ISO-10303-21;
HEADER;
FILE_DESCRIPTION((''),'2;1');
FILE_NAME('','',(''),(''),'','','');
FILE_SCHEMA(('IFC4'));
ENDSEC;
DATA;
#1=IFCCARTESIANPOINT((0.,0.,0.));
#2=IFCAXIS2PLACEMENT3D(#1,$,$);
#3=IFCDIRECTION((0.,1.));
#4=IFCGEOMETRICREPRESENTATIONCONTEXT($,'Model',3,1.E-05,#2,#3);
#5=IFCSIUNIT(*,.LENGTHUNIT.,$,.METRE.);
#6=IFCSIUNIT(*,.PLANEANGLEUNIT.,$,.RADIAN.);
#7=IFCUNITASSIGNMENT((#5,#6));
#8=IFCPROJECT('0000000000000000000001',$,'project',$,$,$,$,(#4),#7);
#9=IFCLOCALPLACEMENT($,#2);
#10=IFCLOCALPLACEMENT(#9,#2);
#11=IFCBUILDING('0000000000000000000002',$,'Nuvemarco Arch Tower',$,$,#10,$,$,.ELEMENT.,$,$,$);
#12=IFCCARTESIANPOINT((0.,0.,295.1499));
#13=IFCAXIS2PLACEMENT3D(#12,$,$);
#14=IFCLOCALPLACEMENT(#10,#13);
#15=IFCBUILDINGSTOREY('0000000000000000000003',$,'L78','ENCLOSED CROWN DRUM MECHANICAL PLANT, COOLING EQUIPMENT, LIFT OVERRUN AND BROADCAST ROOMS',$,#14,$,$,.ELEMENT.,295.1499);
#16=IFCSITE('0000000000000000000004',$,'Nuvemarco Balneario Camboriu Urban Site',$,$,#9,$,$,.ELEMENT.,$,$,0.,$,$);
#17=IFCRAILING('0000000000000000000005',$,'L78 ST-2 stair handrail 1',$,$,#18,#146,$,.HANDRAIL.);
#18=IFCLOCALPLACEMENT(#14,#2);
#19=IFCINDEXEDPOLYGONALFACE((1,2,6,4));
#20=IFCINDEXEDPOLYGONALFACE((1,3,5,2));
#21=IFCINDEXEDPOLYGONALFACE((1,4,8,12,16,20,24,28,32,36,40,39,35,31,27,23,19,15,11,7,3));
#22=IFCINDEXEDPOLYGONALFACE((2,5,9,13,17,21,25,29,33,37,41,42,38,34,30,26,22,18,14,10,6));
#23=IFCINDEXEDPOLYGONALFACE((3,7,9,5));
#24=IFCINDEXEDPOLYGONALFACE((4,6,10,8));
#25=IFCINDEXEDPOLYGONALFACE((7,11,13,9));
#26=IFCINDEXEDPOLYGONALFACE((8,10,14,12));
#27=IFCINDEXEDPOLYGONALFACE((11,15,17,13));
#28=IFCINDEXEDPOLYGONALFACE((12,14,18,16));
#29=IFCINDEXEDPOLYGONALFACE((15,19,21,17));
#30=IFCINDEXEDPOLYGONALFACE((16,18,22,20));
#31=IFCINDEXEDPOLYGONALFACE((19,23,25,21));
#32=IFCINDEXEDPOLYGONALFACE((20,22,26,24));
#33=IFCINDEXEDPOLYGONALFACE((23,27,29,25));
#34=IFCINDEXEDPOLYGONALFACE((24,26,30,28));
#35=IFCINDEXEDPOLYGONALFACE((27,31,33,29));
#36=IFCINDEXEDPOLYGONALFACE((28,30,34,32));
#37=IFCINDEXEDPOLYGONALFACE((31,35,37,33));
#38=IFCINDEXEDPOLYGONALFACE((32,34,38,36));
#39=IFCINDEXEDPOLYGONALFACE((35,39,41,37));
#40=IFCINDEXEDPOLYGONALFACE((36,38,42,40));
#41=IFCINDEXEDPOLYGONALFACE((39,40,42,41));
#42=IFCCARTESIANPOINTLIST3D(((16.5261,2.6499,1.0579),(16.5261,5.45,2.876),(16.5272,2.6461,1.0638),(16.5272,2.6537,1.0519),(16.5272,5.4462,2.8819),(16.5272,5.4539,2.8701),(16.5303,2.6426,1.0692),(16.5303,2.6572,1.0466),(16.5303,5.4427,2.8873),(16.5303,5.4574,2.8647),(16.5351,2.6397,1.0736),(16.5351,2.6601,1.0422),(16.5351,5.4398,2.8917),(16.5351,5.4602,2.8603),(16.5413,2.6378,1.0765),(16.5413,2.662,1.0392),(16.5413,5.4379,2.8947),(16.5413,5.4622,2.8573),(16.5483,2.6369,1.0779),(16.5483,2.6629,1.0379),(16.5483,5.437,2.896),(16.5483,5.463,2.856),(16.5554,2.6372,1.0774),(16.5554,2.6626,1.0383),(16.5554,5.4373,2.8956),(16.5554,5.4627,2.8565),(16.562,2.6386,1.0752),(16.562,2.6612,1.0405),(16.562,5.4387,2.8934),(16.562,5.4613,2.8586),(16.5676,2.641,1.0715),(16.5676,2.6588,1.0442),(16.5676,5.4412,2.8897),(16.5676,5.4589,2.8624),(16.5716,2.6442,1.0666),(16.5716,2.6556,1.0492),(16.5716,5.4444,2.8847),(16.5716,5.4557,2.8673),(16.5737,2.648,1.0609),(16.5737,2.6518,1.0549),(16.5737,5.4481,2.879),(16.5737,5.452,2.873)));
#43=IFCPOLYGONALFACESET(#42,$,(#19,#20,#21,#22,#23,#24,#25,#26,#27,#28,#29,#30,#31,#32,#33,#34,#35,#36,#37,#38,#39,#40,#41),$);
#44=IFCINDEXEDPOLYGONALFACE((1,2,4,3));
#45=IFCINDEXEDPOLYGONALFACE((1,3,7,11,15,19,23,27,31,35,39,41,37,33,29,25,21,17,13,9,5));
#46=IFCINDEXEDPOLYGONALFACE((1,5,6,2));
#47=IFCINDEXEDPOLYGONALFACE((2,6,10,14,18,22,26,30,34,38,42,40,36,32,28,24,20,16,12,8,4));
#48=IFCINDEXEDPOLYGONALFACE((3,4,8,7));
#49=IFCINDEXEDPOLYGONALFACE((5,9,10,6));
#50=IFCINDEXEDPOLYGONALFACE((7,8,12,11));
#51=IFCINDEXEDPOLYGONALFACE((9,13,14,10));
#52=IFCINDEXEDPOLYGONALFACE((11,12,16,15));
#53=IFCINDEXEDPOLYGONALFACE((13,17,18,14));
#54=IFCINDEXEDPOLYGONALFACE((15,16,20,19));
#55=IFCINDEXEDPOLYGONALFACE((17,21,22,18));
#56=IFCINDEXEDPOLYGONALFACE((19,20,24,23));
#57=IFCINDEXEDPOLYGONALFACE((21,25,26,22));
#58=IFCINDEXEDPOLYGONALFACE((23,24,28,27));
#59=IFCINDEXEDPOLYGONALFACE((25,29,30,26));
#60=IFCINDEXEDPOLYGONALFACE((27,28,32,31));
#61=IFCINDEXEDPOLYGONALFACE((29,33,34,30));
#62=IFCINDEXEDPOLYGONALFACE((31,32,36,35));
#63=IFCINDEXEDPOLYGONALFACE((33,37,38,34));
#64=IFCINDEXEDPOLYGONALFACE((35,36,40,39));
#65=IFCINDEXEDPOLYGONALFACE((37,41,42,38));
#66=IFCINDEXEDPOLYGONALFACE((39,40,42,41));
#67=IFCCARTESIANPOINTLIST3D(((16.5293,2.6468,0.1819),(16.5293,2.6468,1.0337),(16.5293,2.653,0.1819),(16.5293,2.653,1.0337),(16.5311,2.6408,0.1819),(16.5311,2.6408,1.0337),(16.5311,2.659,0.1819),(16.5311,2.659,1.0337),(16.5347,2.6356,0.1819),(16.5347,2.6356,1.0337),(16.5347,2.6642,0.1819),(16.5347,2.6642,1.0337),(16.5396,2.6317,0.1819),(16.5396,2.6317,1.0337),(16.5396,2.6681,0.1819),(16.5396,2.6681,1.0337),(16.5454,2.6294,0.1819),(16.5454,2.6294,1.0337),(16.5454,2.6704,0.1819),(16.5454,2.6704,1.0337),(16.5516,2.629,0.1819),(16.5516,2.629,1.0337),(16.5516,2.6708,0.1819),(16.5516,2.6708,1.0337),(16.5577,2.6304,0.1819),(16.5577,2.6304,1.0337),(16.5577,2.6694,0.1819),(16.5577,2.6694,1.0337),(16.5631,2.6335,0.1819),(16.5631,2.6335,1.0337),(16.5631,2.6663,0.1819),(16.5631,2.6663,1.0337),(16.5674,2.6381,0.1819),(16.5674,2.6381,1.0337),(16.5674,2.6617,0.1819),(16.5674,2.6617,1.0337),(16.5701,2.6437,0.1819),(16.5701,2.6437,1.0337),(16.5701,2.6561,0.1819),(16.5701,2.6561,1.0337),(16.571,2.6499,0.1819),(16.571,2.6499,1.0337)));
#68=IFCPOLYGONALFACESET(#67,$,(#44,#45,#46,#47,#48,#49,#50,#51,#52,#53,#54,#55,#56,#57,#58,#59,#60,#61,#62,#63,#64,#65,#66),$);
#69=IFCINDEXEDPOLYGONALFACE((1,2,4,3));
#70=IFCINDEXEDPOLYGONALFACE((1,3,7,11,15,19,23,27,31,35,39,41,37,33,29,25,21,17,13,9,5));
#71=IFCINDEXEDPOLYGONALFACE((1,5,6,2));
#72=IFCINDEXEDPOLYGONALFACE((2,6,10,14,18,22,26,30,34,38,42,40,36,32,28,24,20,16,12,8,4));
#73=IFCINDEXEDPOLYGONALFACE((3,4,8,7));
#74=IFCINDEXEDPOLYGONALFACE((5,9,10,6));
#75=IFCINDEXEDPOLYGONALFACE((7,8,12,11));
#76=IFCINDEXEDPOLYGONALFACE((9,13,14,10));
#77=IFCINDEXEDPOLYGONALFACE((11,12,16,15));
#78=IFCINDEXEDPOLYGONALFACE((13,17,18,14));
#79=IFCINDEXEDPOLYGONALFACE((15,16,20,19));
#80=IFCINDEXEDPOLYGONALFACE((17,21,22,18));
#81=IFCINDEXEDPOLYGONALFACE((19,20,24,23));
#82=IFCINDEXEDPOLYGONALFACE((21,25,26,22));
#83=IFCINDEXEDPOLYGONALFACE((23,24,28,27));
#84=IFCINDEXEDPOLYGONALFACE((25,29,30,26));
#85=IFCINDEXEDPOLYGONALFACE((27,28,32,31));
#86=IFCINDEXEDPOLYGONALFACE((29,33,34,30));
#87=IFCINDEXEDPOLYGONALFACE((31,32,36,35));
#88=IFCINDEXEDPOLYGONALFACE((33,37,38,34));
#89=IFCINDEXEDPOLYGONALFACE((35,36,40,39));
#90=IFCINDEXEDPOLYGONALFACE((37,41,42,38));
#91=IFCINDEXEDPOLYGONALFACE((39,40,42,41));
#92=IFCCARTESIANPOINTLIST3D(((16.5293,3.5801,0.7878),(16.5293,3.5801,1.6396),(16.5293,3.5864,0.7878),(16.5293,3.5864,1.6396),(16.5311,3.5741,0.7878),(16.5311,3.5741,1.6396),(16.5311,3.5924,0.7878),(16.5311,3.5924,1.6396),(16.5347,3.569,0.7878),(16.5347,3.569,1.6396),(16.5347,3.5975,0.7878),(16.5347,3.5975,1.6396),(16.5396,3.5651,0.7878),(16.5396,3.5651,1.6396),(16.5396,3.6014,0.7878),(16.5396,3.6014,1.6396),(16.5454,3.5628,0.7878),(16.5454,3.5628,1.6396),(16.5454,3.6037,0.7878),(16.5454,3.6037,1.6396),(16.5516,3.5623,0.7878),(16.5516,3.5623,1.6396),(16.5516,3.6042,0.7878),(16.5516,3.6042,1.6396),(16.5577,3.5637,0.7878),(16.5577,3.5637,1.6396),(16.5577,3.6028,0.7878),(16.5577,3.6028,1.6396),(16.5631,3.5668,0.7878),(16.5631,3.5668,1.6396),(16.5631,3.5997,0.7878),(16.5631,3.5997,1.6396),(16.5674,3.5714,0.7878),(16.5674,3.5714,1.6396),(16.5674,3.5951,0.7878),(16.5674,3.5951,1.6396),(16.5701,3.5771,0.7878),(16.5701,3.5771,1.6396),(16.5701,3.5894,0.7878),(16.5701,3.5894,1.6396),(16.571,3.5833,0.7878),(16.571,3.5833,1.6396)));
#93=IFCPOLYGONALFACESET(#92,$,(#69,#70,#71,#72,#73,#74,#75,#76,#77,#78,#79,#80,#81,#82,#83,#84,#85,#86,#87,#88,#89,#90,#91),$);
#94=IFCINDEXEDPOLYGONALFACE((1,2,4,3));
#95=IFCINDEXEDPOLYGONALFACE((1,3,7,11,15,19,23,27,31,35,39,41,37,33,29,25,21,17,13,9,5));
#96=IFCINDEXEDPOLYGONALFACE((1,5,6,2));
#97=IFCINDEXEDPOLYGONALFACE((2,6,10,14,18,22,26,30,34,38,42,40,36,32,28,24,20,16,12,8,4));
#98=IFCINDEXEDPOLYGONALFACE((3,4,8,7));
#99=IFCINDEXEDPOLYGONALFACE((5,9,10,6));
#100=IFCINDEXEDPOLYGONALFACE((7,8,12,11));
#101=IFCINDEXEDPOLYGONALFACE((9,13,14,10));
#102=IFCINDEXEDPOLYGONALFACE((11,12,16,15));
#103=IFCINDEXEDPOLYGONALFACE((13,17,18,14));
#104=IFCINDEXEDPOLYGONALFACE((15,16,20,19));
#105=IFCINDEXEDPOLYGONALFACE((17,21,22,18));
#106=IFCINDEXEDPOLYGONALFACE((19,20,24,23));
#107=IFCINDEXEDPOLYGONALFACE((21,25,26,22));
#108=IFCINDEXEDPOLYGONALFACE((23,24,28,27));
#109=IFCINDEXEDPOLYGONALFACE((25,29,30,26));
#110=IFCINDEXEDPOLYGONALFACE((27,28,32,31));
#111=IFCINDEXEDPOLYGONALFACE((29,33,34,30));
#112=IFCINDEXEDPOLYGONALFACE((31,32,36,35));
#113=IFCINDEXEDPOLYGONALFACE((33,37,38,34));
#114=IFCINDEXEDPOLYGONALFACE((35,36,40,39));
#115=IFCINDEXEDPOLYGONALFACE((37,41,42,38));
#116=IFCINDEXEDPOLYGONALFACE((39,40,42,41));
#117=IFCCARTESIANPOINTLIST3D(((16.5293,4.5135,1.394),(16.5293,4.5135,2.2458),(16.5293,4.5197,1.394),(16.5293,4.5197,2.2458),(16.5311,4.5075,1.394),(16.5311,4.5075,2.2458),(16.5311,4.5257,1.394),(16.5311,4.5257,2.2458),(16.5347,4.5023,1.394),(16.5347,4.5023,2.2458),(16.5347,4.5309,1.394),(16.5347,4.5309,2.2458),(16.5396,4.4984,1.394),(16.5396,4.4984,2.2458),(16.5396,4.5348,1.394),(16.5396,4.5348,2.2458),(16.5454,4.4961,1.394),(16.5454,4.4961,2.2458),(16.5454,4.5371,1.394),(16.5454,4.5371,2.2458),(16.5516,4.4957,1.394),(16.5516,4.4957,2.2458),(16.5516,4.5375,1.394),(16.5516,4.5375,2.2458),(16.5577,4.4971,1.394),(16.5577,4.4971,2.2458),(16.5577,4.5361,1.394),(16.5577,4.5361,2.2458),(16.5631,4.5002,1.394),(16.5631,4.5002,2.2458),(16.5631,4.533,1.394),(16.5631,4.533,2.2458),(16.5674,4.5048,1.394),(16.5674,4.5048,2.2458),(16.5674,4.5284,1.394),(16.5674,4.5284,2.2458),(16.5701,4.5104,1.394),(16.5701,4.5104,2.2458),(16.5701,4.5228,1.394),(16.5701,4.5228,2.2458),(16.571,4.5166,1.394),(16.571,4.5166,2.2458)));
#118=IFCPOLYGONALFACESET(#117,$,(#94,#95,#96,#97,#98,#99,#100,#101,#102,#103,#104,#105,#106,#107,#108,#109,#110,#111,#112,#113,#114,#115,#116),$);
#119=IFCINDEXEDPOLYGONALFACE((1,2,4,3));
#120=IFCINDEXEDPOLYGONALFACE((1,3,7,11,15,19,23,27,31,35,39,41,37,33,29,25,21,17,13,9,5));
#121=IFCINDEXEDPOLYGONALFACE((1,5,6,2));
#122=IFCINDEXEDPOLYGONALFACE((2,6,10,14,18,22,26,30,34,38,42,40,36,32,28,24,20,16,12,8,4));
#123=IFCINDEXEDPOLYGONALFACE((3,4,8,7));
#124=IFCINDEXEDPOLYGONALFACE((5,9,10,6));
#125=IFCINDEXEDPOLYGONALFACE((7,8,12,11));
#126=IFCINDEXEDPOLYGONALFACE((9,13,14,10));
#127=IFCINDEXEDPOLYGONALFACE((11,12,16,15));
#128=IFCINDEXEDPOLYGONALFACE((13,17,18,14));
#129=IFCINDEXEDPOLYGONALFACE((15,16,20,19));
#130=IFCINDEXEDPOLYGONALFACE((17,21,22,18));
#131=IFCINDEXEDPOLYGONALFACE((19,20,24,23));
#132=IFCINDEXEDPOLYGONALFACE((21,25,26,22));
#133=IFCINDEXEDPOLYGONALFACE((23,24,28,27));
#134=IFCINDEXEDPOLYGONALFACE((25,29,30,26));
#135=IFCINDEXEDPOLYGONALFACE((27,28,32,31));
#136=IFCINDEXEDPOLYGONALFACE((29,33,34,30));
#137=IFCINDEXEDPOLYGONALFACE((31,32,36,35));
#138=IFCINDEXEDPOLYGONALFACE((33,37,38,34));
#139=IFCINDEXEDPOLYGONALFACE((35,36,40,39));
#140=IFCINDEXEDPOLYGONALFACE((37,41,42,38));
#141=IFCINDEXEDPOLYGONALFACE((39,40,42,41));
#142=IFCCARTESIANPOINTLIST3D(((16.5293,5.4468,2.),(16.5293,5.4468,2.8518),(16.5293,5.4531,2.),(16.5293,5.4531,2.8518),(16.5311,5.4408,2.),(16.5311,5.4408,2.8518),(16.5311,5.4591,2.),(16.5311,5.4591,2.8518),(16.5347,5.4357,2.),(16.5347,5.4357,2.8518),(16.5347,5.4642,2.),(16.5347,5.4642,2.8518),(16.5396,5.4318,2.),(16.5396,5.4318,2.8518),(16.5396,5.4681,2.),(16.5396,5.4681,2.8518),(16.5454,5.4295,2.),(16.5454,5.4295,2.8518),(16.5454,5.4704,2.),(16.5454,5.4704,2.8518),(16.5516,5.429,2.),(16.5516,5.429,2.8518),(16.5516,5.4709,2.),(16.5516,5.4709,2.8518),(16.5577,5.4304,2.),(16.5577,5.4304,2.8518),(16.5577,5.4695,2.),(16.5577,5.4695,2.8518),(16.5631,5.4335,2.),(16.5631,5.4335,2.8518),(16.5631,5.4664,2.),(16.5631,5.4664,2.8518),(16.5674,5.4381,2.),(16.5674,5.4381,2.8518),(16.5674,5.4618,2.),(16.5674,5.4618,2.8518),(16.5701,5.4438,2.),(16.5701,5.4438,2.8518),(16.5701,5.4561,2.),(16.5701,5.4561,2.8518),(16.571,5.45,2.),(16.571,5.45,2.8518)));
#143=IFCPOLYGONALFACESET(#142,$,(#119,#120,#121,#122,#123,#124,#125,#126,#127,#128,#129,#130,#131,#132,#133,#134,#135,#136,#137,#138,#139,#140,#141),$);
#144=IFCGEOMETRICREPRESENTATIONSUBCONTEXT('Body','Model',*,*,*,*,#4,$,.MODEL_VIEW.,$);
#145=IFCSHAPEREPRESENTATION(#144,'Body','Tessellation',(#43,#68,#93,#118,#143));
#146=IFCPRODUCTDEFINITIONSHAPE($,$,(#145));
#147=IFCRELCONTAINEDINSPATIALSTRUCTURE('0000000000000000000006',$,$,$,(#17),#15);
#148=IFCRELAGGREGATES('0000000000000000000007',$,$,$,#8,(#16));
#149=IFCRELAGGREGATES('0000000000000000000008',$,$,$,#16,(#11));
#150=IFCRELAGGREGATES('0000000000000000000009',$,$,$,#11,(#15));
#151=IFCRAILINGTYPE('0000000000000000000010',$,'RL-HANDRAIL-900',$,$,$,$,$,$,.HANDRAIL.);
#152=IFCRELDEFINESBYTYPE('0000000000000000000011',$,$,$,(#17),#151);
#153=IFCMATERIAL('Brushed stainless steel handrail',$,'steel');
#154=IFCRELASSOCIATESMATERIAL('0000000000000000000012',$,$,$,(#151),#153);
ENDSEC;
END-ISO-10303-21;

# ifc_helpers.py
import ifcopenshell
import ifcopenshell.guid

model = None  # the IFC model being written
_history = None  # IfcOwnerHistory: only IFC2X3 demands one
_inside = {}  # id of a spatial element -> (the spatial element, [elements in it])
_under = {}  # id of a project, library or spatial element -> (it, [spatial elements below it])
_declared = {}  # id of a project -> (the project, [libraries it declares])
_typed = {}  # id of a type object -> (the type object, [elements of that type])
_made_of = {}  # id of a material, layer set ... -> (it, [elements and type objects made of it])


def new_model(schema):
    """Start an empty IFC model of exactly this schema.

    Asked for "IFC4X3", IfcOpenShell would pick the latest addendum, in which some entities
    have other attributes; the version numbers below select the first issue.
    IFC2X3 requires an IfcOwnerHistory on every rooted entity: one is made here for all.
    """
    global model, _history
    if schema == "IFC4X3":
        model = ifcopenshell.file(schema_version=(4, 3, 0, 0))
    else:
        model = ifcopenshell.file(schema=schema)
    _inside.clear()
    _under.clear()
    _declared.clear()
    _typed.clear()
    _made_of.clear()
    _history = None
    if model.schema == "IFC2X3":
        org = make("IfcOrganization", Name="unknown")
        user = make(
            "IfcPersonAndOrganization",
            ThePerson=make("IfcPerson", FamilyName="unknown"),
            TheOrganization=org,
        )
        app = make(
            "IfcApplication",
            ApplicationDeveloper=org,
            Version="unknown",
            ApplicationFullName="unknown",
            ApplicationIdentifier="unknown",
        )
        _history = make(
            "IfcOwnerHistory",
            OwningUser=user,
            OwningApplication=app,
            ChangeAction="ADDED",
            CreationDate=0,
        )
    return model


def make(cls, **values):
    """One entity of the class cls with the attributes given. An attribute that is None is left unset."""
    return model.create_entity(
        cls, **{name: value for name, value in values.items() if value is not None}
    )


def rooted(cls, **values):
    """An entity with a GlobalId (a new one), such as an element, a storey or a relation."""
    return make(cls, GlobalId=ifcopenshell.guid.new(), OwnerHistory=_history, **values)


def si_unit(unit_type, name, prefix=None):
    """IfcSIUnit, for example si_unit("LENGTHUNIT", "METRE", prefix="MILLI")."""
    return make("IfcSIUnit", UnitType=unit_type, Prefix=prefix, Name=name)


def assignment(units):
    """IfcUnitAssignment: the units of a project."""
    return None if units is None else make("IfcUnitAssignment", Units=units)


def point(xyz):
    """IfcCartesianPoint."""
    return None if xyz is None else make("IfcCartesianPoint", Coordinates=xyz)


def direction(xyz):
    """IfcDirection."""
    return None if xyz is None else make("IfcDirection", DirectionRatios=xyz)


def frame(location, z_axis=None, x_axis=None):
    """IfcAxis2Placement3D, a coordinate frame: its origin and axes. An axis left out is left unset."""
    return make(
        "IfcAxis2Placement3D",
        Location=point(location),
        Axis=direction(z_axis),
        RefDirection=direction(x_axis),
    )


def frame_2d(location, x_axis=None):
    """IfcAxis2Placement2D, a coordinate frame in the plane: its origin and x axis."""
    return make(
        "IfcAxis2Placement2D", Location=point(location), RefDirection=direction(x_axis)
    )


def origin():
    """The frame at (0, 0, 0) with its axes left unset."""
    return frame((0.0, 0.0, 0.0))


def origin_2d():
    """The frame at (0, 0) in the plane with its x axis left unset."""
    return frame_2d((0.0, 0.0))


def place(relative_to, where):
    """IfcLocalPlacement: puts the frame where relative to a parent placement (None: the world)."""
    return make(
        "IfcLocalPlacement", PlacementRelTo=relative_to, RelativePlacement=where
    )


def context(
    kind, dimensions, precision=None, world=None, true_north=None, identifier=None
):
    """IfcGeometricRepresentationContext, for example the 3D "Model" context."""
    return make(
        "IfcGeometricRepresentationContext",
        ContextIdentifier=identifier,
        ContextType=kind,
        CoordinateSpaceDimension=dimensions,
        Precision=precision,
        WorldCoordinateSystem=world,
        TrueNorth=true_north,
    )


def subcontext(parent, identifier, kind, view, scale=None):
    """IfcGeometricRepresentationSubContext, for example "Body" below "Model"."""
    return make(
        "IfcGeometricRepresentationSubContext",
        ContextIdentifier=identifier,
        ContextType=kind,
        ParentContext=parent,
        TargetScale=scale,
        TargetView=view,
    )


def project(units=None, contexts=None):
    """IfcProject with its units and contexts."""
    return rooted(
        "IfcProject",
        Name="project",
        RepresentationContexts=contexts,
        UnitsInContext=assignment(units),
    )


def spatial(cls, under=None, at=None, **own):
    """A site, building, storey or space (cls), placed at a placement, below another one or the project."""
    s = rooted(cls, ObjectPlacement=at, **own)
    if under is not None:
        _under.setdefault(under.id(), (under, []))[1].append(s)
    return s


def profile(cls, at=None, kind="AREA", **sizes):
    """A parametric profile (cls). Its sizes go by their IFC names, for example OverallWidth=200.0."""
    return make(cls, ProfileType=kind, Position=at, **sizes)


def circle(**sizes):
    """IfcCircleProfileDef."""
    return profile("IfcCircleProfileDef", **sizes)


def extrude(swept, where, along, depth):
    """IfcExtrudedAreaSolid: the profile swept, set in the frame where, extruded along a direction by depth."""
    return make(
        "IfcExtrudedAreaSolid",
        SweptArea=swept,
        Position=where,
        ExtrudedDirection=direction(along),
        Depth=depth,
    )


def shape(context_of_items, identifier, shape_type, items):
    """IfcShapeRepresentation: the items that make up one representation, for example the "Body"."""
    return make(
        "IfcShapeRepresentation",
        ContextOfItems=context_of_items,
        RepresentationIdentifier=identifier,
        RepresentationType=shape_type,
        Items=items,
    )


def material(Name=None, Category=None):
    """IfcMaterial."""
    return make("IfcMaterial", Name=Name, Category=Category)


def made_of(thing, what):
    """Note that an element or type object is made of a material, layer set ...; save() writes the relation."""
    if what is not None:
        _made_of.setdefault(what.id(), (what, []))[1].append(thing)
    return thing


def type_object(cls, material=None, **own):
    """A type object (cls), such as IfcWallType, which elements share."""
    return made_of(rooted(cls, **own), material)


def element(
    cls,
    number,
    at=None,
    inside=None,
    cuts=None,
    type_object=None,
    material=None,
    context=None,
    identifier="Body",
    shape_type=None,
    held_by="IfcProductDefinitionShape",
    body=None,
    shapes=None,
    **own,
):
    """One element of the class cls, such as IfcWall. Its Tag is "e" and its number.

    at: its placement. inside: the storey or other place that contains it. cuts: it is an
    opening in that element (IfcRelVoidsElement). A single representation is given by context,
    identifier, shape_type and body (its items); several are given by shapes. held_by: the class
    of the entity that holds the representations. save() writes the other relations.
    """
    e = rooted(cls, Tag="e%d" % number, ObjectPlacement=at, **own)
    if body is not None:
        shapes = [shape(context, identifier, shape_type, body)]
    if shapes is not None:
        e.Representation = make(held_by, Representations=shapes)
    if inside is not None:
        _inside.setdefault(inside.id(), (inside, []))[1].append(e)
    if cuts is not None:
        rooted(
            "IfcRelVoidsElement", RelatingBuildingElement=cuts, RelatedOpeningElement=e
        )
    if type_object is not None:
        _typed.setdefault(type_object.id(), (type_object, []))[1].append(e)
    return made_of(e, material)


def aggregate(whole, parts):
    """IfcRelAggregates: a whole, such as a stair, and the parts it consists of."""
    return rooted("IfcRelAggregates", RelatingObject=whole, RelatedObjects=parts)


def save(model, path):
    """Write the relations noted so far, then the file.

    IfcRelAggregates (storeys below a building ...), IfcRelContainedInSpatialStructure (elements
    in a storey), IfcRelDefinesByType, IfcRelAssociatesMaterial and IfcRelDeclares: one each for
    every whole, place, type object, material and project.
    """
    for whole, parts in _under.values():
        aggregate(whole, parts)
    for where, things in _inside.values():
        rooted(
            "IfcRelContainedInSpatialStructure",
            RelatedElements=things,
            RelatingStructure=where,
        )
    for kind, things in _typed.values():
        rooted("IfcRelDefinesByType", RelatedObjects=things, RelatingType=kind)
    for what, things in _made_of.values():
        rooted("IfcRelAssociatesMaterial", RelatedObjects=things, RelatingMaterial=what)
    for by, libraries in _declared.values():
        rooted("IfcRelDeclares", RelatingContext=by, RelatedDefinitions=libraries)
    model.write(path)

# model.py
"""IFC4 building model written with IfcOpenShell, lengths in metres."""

from ifc_helpers import new_model, si_unit, direction, frame, origin, origin_2d, place, context, subcontext, project, spatial, circle, extrude, material, type_object, element, save


model = new_model("IFC4")

# Units and contexts
model_context = context("Model", 3, precision=1e-05, world=origin(), true_north=direction((0.0, 1.0)))
body_context = subcontext(model_context, "Body", "Model", "MODEL_VIEW")
ifc_project = project(units=[si_unit("LENGTHUNIT", "METRE"), si_unit("PLANEANGLEUNIT", "RADIAN")], contexts=[model_context])

# Site, building, storey
site_placement = place(None, origin())
site = spatial("IfcSite", under=ifc_project, at=site_placement, Name="Nuvemarco Balneario Camboriu Urban Site", CompositionType="ELEMENT", RefElevation=0.0)
building_placement = place(site_placement, origin())
building = spatial("IfcBuilding", under=site, at=building_placement, Name="Nuvemarco Arch Tower", CompositionType="ELEMENT")
storey_placement = place(building_placement, frame((0.0, 0.0, 295.1499)))
storey = spatial("IfcBuildingStorey", under=building, at=storey_placement, Name="L78", Description="ENCLOSED CROWN DRUM MECHANICAL PLANT, COOLING EQUIPMENT, LIFT OVERRUN AND BROADCAST ROOMS", CompositionType="ELEMENT", Elevation=295.1499)

# Railing
ifc_material_1 = material(Name="Brushed stainless steel handrail", Category="steel")
railing_type_1 = type_object("IfcRailingType", Name="RL-HANDRAIL-900", PredefinedType="HANDRAIL", material=ifc_material_1)
railing_1_placement = place(storey_placement, frame((16.55, 2.6499, 0.1819)))
element("IfcRailing", 1, at=railing_1_placement, inside=storey, type_object=railing_type_1, Name="L78 ST-2 stair handrail 1", PredefinedType="HANDRAIL", context=body_context, shape_type="SweptSolid", body=[
    extrude(circle(Radius=0.0239, at=origin_2d()), frame((0.0, 0.0, 0.876), z_axis=(0.0, 0.838706, 0.544585), x_axis=(-1.0, 0.0, 0.0)), (0.0, 0.0, 1.0), 3.3386),
    extrude(circle(Radius=0.021, at=origin_2d()), origin(), (0.0, 0.0, 1.0), 0.8518),
    extrude(circle(Radius=0.021, at=origin_2d()), frame((0.0, 0.9333, 0.606)), (0.0, 0.0, 1.0), 0.8518),
    extrude(circle(Radius=0.021, at=origin_2d()), frame((0.0, 1.8667, 1.2122)), (0.0, 0.0, 1.0), 0.8518),
    extrude(circle(Radius=0.021, at=origin_2d()), frame((0.0, 2.8, 1.8181)), (0.0, 0.0, 1.0), 0.8518),
])

save(model, "model.ifc")
